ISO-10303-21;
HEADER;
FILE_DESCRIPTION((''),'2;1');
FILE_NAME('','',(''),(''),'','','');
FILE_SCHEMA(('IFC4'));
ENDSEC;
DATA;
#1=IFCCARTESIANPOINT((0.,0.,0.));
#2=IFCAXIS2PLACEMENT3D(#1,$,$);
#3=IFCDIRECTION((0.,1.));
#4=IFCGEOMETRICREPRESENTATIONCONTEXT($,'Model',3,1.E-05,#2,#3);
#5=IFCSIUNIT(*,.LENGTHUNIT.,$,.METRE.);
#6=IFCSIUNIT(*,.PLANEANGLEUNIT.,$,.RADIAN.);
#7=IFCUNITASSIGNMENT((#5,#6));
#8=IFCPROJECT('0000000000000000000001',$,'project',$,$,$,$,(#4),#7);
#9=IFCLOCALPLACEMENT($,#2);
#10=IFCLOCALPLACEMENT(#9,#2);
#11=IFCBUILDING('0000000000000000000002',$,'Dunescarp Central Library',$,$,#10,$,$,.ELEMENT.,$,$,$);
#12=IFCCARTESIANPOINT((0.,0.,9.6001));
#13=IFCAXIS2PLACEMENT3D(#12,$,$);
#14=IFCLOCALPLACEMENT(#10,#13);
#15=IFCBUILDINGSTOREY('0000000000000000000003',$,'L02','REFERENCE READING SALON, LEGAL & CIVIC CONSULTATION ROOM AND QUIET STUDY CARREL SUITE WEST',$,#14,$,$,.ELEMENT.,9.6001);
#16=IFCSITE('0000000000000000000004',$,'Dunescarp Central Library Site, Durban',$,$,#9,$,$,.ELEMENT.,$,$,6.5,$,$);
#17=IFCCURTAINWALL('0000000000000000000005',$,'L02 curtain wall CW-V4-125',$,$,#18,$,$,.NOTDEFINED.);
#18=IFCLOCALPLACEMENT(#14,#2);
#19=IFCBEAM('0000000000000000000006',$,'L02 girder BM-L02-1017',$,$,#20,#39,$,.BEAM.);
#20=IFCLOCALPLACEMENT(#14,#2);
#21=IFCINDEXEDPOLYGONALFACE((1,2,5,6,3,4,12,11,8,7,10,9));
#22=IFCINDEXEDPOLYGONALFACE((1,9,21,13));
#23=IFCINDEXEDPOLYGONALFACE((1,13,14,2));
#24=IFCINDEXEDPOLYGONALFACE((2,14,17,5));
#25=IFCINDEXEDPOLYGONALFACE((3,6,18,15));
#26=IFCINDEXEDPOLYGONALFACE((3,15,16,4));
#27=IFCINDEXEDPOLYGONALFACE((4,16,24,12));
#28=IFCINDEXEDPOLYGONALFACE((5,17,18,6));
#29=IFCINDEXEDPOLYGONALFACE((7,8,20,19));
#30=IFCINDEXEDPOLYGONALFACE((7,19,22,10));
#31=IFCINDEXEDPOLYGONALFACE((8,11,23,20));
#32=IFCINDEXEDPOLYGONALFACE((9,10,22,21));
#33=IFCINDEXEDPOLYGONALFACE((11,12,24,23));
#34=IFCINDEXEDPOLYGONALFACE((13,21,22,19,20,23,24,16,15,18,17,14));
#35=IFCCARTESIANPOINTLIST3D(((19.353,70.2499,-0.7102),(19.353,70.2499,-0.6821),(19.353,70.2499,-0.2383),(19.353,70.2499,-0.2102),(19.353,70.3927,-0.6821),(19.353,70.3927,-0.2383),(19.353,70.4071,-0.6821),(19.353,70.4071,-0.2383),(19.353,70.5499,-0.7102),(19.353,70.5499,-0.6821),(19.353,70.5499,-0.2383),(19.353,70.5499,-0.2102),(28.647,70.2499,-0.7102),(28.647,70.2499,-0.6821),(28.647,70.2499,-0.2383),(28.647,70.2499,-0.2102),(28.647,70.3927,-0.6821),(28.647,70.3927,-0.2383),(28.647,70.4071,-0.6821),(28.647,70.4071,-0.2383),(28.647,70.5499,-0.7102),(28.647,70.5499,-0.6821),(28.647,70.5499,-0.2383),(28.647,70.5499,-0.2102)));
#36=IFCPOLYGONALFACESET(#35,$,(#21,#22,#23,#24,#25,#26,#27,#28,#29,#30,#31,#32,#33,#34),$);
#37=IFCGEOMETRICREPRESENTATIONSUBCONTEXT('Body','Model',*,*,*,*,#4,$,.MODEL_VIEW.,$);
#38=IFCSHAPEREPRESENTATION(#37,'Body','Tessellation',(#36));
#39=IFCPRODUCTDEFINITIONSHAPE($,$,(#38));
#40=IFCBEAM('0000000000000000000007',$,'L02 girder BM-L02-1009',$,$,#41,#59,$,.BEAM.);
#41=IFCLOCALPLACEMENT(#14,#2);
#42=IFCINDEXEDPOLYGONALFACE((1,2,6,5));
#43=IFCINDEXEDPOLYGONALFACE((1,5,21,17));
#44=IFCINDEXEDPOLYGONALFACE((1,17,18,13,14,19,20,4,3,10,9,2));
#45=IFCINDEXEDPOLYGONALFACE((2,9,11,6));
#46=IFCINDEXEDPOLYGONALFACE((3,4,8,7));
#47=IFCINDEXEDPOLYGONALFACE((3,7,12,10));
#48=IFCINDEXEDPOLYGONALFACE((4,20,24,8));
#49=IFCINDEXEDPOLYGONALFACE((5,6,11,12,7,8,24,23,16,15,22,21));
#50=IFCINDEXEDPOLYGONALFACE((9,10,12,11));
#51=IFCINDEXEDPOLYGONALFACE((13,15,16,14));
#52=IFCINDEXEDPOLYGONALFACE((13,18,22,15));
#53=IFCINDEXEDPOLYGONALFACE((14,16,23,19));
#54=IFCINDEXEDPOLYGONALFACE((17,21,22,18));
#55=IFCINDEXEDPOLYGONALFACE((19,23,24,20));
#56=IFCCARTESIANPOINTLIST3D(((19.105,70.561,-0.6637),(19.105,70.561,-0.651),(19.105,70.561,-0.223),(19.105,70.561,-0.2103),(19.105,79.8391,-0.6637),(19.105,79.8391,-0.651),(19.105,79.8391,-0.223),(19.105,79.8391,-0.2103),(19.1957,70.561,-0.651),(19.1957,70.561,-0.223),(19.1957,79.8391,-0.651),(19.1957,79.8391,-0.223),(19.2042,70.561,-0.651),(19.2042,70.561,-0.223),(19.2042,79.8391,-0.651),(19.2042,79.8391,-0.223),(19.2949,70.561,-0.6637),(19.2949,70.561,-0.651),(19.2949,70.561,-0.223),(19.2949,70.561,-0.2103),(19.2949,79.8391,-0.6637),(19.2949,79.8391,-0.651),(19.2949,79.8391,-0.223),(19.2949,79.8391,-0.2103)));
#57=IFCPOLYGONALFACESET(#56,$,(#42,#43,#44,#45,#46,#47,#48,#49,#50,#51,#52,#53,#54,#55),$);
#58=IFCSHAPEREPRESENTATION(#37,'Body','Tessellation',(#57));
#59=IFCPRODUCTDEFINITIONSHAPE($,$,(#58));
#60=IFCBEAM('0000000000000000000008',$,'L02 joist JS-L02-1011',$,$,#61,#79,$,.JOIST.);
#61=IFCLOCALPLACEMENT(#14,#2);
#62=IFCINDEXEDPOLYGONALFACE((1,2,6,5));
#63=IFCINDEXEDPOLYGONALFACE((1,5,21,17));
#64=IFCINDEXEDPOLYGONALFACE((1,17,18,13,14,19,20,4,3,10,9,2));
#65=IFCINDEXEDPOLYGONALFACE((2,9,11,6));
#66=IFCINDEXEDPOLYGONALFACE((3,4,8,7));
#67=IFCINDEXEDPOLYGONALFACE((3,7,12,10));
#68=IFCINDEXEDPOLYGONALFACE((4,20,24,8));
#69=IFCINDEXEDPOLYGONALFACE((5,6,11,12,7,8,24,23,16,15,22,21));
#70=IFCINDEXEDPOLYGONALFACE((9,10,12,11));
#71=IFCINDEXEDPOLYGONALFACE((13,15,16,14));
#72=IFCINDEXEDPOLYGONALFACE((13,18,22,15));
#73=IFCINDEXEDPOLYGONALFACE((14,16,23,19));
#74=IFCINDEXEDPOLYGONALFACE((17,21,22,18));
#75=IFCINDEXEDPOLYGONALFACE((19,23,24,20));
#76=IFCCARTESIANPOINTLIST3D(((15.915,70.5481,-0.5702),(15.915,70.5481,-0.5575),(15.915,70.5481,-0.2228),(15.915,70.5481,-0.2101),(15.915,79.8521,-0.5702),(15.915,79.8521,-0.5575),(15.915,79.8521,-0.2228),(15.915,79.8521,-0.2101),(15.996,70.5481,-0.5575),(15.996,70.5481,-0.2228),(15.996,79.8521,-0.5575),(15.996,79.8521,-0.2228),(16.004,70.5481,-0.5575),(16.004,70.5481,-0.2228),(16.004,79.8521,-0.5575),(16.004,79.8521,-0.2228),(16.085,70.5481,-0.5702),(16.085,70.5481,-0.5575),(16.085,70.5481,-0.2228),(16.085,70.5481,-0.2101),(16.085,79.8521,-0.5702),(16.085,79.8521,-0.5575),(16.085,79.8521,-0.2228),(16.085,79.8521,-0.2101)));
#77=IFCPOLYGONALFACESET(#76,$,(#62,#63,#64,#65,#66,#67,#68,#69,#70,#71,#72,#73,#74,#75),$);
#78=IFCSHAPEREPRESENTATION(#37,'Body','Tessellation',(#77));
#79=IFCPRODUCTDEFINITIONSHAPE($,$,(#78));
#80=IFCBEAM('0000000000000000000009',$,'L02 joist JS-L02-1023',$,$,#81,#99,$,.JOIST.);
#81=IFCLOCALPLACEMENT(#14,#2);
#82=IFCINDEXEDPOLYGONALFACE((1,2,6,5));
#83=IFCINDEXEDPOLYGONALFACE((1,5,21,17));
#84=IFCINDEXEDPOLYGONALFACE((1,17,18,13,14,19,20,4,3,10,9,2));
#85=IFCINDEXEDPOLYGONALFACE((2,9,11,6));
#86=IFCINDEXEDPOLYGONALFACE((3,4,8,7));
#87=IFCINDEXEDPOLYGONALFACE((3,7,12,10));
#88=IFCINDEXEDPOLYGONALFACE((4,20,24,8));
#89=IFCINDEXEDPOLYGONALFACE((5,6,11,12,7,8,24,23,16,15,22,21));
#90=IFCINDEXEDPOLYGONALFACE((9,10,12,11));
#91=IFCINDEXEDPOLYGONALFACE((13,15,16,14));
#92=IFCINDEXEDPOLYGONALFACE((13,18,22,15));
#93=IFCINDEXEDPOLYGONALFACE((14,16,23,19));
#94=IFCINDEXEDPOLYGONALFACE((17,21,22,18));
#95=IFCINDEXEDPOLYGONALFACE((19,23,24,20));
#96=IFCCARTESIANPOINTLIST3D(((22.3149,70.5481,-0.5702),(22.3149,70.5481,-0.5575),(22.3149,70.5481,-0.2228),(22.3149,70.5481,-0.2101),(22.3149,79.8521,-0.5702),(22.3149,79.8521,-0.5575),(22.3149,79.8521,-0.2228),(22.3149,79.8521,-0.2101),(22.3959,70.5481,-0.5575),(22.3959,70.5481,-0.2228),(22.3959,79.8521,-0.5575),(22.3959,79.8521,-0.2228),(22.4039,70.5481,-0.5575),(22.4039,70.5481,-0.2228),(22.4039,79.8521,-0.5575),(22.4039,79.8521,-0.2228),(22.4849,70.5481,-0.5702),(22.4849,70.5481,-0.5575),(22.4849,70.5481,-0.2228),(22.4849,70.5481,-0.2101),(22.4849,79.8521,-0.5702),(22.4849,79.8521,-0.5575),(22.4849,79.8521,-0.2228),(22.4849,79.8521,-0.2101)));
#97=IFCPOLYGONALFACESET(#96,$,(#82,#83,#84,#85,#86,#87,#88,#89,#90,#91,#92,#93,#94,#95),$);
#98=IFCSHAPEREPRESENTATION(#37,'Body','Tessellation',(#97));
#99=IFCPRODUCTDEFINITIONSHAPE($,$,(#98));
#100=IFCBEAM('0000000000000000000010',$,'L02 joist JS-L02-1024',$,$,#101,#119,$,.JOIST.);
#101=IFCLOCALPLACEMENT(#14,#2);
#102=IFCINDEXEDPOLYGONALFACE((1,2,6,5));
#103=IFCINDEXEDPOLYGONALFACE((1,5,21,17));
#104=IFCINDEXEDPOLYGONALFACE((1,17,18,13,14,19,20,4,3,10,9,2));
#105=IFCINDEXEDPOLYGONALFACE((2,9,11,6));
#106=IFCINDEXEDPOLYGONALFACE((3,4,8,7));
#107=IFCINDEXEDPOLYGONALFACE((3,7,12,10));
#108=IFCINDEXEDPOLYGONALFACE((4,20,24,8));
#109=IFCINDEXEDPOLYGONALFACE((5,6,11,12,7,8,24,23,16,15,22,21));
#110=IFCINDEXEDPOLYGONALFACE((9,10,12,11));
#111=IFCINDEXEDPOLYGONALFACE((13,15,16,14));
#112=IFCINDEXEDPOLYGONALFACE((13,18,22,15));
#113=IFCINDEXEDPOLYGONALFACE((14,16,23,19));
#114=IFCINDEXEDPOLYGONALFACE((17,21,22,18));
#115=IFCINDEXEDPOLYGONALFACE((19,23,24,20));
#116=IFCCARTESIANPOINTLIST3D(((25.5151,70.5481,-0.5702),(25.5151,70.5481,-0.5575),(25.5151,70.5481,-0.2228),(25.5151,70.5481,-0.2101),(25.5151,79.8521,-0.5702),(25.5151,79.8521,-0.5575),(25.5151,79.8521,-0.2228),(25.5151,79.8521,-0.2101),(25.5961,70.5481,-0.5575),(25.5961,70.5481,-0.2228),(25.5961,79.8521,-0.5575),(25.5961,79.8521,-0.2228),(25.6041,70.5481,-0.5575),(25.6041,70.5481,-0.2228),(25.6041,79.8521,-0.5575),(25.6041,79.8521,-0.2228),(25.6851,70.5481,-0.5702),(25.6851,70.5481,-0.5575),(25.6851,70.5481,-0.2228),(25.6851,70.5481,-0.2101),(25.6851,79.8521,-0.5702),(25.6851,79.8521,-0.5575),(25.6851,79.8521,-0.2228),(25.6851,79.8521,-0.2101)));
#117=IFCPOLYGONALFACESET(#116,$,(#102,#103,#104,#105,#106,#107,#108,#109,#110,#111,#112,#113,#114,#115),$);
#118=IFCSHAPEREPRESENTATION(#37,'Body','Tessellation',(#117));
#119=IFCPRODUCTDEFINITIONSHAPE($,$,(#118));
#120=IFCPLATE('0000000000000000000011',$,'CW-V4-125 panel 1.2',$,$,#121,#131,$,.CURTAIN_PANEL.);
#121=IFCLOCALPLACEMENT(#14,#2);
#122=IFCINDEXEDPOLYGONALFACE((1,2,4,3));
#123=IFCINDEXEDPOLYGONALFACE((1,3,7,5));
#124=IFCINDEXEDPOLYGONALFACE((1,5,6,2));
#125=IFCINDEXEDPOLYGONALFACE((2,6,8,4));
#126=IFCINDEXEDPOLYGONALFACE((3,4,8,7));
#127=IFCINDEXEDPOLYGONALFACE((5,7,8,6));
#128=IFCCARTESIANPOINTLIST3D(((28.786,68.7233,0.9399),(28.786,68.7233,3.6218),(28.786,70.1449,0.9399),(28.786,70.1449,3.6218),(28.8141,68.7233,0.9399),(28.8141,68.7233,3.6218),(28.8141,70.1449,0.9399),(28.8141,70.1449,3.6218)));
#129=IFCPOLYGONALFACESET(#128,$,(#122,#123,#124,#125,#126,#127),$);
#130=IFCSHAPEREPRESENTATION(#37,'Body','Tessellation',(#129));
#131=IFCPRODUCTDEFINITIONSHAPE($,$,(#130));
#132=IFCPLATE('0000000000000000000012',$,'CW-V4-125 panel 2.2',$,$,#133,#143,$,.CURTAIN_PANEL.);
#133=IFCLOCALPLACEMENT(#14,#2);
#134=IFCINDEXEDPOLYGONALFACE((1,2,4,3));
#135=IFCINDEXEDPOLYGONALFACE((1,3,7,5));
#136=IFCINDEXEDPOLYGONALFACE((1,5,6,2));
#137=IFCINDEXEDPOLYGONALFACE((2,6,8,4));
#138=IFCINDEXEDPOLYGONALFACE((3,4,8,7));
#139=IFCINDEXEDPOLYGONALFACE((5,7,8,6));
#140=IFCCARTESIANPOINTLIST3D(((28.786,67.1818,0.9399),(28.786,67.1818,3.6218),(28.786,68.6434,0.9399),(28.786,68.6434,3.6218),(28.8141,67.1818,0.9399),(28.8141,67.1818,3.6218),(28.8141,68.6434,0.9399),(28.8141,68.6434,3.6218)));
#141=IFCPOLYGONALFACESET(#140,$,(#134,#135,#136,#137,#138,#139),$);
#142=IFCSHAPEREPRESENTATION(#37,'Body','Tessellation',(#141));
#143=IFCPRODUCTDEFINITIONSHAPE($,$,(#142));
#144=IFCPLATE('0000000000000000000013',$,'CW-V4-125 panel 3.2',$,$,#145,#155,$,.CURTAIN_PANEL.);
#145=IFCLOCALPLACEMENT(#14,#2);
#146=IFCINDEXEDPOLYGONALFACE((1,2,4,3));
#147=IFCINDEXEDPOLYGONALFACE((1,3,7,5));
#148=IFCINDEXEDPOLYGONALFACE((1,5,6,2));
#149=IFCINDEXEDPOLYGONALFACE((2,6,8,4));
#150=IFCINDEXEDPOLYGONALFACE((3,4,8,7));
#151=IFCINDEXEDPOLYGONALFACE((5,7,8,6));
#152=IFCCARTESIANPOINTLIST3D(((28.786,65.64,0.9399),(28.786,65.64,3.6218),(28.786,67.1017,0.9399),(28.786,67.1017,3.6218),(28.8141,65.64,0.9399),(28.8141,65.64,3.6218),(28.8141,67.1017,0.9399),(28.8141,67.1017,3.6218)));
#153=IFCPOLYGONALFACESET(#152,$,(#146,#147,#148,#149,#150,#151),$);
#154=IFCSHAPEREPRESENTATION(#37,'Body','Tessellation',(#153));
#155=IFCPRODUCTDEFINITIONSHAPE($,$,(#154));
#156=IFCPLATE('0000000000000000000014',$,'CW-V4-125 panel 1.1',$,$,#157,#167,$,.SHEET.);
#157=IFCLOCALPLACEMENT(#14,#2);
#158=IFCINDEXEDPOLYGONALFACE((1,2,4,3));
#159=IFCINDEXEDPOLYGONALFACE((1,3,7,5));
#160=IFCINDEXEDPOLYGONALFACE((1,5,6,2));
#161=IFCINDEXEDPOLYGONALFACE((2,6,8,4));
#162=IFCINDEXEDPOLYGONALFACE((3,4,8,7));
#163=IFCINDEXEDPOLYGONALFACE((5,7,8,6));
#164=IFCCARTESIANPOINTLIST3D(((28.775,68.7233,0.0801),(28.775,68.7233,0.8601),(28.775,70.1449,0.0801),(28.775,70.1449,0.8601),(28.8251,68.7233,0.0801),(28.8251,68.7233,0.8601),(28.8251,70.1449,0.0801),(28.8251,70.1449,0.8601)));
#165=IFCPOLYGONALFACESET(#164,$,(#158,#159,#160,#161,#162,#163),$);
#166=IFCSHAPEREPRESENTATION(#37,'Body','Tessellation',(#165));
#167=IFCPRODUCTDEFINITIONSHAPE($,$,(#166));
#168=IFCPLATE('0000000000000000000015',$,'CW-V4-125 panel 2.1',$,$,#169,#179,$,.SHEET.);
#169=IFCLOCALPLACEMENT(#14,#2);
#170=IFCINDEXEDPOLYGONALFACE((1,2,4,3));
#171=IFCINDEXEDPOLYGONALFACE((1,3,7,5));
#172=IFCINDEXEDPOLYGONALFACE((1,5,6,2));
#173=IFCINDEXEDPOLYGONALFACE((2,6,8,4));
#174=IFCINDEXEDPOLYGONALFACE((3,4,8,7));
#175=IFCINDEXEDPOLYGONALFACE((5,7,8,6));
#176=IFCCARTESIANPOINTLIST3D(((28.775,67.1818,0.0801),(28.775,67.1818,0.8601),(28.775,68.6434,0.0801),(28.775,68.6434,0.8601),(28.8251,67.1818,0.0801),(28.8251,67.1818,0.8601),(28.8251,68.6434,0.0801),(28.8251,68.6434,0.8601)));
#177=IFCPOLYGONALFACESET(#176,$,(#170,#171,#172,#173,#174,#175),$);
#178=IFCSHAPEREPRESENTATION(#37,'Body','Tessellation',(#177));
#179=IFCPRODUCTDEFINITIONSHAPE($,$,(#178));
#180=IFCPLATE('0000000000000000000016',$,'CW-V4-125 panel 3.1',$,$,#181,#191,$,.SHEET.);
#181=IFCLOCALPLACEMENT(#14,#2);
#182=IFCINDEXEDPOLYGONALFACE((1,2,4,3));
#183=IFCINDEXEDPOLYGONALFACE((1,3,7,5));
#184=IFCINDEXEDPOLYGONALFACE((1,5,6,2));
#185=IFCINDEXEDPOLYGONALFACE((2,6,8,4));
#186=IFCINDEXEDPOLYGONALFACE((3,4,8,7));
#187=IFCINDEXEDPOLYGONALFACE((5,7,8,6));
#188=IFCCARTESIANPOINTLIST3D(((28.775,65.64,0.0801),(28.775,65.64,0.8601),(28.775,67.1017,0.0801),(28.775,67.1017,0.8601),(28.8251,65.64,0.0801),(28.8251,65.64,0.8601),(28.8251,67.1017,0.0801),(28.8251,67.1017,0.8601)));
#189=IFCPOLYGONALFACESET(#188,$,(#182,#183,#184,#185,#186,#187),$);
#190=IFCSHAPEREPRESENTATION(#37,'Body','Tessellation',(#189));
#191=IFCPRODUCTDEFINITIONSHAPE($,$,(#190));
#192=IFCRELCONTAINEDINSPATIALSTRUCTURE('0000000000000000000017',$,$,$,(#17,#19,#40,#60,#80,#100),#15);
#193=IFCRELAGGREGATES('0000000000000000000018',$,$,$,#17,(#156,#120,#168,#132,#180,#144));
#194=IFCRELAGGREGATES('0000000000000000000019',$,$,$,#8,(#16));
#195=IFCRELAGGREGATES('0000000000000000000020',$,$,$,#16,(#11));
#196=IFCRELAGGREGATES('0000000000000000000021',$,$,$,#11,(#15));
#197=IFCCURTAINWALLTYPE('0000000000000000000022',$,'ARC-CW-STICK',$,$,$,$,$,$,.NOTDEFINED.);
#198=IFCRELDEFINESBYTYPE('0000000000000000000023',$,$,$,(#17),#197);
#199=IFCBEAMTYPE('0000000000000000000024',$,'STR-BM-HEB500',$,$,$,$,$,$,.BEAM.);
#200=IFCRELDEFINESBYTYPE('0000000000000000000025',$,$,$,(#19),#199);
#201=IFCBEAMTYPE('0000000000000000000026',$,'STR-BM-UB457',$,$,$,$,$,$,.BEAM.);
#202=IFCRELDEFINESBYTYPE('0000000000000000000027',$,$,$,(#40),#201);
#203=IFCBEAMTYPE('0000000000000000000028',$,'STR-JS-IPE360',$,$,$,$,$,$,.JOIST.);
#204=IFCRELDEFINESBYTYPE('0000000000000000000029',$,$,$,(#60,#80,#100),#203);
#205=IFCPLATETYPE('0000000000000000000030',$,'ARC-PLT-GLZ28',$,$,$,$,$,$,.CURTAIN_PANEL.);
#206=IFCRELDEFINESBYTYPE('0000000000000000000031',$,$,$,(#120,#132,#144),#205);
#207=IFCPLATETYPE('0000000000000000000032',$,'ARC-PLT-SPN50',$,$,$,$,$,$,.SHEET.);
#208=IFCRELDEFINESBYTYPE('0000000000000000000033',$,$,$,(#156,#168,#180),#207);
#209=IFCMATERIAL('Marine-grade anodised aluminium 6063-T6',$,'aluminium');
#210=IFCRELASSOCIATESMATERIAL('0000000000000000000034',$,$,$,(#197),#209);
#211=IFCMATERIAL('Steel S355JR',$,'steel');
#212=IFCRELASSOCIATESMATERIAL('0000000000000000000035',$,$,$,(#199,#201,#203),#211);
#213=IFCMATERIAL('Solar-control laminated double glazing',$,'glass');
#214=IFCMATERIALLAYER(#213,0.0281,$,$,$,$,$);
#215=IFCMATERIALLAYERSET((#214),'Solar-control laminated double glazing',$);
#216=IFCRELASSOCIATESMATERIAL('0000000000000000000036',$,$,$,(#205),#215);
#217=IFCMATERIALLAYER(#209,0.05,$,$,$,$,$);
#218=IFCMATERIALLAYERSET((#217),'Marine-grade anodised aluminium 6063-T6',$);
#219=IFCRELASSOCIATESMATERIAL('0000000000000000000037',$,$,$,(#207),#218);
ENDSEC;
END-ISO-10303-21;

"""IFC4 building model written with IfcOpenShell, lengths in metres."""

from ifc_helpers import new_model, si_unit, direction, frame, origin, origin_2d, place, context, subcontext, project, spatial, rectangle, i_section, extrude, material, layer, layer_set, material_profile, profile_set, type_object, element, aggregate, save


model = new_model("IFC4")

# Units and contexts
model_context = context("Model", 3, precision=1e-05, world=origin(), true_north=direction((0.0, 1.0)))
body_context = subcontext(model_context, "Body", "Model", "MODEL_VIEW")
ifc_project = project(units=[si_unit("LENGTHUNIT", "METRE"), si_unit("PLANEANGLEUNIT", "RADIAN")], contexts=[model_context])

# Site, building, storey
site_placement = place(None, origin())
site = spatial("IfcSite", under=ifc_project, at=site_placement, Name="Dunescarp Central Library Site, Durban", CompositionType="ELEMENT", RefElevation=6.5)
building_placement = place(site_placement, origin())
building = spatial("IfcBuilding", under=site, at=building_placement, Name="Dunescarp Central Library", CompositionType="ELEMENT")
storey_placement = place(building_placement, frame((0.0, 0.0, 9.6001)))
storey = spatial("IfcBuildingStorey", under=building, at=storey_placement, Name="L02", Description="REFERENCE READING SALON, LEGAL & CIVIC CONSULTATION ROOM AND QUIET STUDY CARREL SUITE WEST", CompositionType="ELEMENT", Elevation=9.6001)

# Shared definitions
ifc_material_1 = material(Name="Steel S355JR", Category="steel")

# Curtain wall
ifc_material_2 = material(Name="Marine-grade anodised aluminium 6063-T6", Category="aluminium")
curtain_wall_type = type_object("IfcCurtainWallType", Name="ARC-CW-STICK", PredefinedType="NOTDEFINED", material=ifc_material_2)
curtain_wall_placement = place(storey_placement, origin())
curtain_wall = element("IfcCurtainWall", 1, at=curtain_wall_placement, inside=storey, type_object=curtain_wall_type, Name="L02 curtain wall CW-V4-125", PredefinedType="NOTDEFINED")

# Beams
ifc_material_profile_1 = material_profile(ifc_material_1, i_section(OverallWidth=0.3, OverallDepth=0.5, WebThickness=0.0144, FlangeThickness=0.0281, at=origin_2d()), Name="HEB 500")
ifc_profile_set_1 = profile_set([ifc_material_profile_1], Name="Steel S355JR")
beam_type_1 = type_object("IfcBeamType", Name="STR-BM-HEB500", PredefinedType="BEAM", material=ifc_profile_set_1)
beam_1_placement = place(storey_placement, frame((19.353, 70.3999, -0.4602), z_axis=(1.0, 0.0, 0.0), x_axis=(0.0, 1.0, 0.0)))
element("IfcBeam", 2, at=beam_1_placement, inside=storey, type_object=beam_type_1, Name="L02 girder BM-L02-1017", PredefinedType="BEAM", context=body_context, shape_type="SweptSolid", body=[
    extrude(i_section(OverallWidth=0.3, OverallDepth=0.5, WebThickness=0.0144, FlangeThickness=0.0281, at=origin_2d()), origin(), (0.0, 0.0, 1.0), 9.2939),
])
ifc_material_profile_2 = material_profile(ifc_material_1, i_section(OverallWidth=0.1899, OverallDepth=0.4534, WebThickness=0.0085, FlangeThickness=0.0127, at=origin_2d()), Name="UB 457x191x67")
ifc_profile_set_2 = profile_set([ifc_material_profile_2], Name="Steel S355JR")
beam_type_2 = type_object("IfcBeamType", Name="STR-BM-UB457", PredefinedType="BEAM", material=ifc_profile_set_2)
beam_2_placement = place(storey_placement, frame((19.2, 70.561, -0.437), z_axis=(0.0, 1.0, 0.0), x_axis=(-1.0, 0.0, 0.0)))
element("IfcBeam", 3, at=beam_2_placement, inside=storey, type_object=beam_type_2, Name="L02 girder BM-L02-1009", PredefinedType="BEAM", context=body_context, shape_type="SweptSolid", body=[
    extrude(i_section(OverallWidth=0.1899, OverallDepth=0.4534, WebThickness=0.0085, FlangeThickness=0.0127, at=origin_2d()), origin(), (0.0, 0.0, 1.0), 9.2781),
])
ifc_material_profile_3 = material_profile(ifc_material_1, i_section(OverallWidth=0.1699, OverallDepth=0.3601, WebThickness=0.0081, FlangeThickness=0.0127, at=origin_2d()), Name="IPE 360")
ifc_profile_set_3 = profile_set([ifc_material_profile_3], Name="Steel S355JR")
beam_type_3 = type_object("IfcBeamType", Name="STR-JS-IPE360", PredefinedType="JOIST", material=ifc_profile_set_3)
for number, where, z_axis, x_axis, name in (
    (4, (16.0, 70.5481, -0.3901), (0.0, 1.0, 0.0), (-1.0, 0.0, 0.0), "L02 joist JS-L02-1011"),
    (5, (22.3999, 70.5481, -0.3901), (0.0, 1.0, 0.0), (-1.0, 0.0, 0.0), "L02 joist JS-L02-1023"),
    (6, (25.6001, 70.5481, -0.3901), (0.0, 1.0, 0.0), (-1.0, 0.0, 0.0), "L02 joist JS-L02-1024"),
):
    element("IfcBeam", number, at=place(storey_placement, frame(where, z_axis=z_axis, x_axis=x_axis)), inside=storey, type_object=beam_type_3, Name=name, PredefinedType="JOIST", context=body_context, shape_type="SweptSolid", body=[
        extrude(i_section(OverallWidth=0.1699, OverallDepth=0.3601, WebThickness=0.0081, FlangeThickness=0.0127, at=origin_2d()), origin(), (0.0, 0.0, 1.0), 9.304),
    ])

# Plates
ifc_material_3 = material(Name="Solar-control laminated double glazing", Category="glass")
ifc_layer_1 = layer(ifc_material_3, 0.0281)
ifc_layer_set_1 = layer_set([ifc_layer_1], Name="Solar-control laminated double glazing")
plate_type_1 = type_object("IfcPlateType", Name="ARC-PLT-GLZ28", PredefinedType="CURTAIN_PANEL", material=ifc_layer_set_1)
plate_1_placement = place(storey_placement, frame((28.8, 69.4341, 0.9399), z_axis=(0.0, 0.0, 1.0), x_axis=(0.0, -1.0, 0.0)))
plate_1 = element("IfcPlate", 7, at=plate_1_placement, type_object=plate_type_1, Name="CW-V4-125 panel 1.2", PredefinedType="CURTAIN_PANEL", context=body_context, shape_type="SweptSolid", body=[
    extrude(rectangle(XDim=1.4216, YDim=0.0281, at=origin_2d()), origin(), (0.0, 0.0, 1.0), 2.6819),
])
plate_2_placement = place(storey_placement, frame((28.8, 67.9126, 0.9399), z_axis=(0.0, 0.0, 1.0), x_axis=(0.0, -1.0, 0.0)))
plate_2 = element("IfcPlate", 8, at=plate_2_placement, type_object=plate_type_1, Name="CW-V4-125 panel 2.2", PredefinedType="CURTAIN_PANEL", context=body_context, shape_type="SweptSolid", body=[
    extrude(rectangle(XDim=1.4617, YDim=0.0281, at=origin_2d()), origin(), (0.0, 0.0, 1.0), 2.6819),
])
plate_3_placement = place(storey_placement, frame((28.8, 66.3708, 0.9399), z_axis=(0.0, 0.0, 1.0), x_axis=(0.0, -1.0, 0.0)))
plate_3 = element("IfcPlate", 9, at=plate_3_placement, type_object=plate_type_1, Name="CW-V4-125 panel 3.2", PredefinedType="CURTAIN_PANEL", context=body_context, shape_type="SweptSolid", body=[
    extrude(rectangle(XDim=1.4617, YDim=0.0281, at=origin_2d()), origin(), (0.0, 0.0, 1.0), 2.6819),
])
ifc_layer_2 = layer(ifc_material_2, 0.05)
ifc_layer_set_2 = layer_set([ifc_layer_2], Name="Marine-grade anodised aluminium 6063-T6")
plate_type_2 = type_object("IfcPlateType", Name="ARC-PLT-SPN50", PredefinedType="SHEET", material=ifc_layer_set_2)
plate_4_placement = place(storey_placement, frame((28.8, 69.4341, 0.0801), z_axis=(0.0, 0.0, 1.0), x_axis=(0.0, -1.0, 0.0)))
plate_4 = element("IfcPlate", 10, at=plate_4_placement, type_object=plate_type_2, Name="CW-V4-125 panel 1.1", PredefinedType="SHEET", context=body_context, shape_type="SweptSolid", body=[
    extrude(rectangle(XDim=1.4216, YDim=0.05, at=origin_2d()), origin(), (0.0, 0.0, 1.0), 0.78),
])
plate_5_placement = place(storey_placement, frame((28.8, 67.9126, 0.0801), z_axis=(0.0, 0.0, 1.0), x_axis=(0.0, -1.0, 0.0)))
plate_5 = element("IfcPlate", 11, at=plate_5_placement, type_object=plate_type_2, Name="CW-V4-125 panel 2.1", PredefinedType="SHEET", context=body_context, shape_type="SweptSolid", body=[
    extrude(rectangle(XDim=1.4617, YDim=0.05, at=origin_2d()), origin(), (0.0, 0.0, 1.0), 0.78),
])
plate_6_placement = place(storey_placement, frame((28.8, 66.3708, 0.0801), z_axis=(0.0, 0.0, 1.0), x_axis=(0.0, -1.0, 0.0)))
plate_6 = element("IfcPlate", 12, at=plate_6_placement, type_object=plate_type_2, Name="CW-V4-125 panel 3.1", PredefinedType="SHEET", context=body_context, shape_type="SweptSolid", body=[
    extrude(rectangle(XDim=1.4617, YDim=0.05, at=origin_2d()), origin(), (0.0, 0.0, 1.0), 0.78),
])
aggregate(curtain_wall, [plate_4, plate_1, plate_5, plate_2, plate_6, plate_3])

save(model, "model.ifc")
